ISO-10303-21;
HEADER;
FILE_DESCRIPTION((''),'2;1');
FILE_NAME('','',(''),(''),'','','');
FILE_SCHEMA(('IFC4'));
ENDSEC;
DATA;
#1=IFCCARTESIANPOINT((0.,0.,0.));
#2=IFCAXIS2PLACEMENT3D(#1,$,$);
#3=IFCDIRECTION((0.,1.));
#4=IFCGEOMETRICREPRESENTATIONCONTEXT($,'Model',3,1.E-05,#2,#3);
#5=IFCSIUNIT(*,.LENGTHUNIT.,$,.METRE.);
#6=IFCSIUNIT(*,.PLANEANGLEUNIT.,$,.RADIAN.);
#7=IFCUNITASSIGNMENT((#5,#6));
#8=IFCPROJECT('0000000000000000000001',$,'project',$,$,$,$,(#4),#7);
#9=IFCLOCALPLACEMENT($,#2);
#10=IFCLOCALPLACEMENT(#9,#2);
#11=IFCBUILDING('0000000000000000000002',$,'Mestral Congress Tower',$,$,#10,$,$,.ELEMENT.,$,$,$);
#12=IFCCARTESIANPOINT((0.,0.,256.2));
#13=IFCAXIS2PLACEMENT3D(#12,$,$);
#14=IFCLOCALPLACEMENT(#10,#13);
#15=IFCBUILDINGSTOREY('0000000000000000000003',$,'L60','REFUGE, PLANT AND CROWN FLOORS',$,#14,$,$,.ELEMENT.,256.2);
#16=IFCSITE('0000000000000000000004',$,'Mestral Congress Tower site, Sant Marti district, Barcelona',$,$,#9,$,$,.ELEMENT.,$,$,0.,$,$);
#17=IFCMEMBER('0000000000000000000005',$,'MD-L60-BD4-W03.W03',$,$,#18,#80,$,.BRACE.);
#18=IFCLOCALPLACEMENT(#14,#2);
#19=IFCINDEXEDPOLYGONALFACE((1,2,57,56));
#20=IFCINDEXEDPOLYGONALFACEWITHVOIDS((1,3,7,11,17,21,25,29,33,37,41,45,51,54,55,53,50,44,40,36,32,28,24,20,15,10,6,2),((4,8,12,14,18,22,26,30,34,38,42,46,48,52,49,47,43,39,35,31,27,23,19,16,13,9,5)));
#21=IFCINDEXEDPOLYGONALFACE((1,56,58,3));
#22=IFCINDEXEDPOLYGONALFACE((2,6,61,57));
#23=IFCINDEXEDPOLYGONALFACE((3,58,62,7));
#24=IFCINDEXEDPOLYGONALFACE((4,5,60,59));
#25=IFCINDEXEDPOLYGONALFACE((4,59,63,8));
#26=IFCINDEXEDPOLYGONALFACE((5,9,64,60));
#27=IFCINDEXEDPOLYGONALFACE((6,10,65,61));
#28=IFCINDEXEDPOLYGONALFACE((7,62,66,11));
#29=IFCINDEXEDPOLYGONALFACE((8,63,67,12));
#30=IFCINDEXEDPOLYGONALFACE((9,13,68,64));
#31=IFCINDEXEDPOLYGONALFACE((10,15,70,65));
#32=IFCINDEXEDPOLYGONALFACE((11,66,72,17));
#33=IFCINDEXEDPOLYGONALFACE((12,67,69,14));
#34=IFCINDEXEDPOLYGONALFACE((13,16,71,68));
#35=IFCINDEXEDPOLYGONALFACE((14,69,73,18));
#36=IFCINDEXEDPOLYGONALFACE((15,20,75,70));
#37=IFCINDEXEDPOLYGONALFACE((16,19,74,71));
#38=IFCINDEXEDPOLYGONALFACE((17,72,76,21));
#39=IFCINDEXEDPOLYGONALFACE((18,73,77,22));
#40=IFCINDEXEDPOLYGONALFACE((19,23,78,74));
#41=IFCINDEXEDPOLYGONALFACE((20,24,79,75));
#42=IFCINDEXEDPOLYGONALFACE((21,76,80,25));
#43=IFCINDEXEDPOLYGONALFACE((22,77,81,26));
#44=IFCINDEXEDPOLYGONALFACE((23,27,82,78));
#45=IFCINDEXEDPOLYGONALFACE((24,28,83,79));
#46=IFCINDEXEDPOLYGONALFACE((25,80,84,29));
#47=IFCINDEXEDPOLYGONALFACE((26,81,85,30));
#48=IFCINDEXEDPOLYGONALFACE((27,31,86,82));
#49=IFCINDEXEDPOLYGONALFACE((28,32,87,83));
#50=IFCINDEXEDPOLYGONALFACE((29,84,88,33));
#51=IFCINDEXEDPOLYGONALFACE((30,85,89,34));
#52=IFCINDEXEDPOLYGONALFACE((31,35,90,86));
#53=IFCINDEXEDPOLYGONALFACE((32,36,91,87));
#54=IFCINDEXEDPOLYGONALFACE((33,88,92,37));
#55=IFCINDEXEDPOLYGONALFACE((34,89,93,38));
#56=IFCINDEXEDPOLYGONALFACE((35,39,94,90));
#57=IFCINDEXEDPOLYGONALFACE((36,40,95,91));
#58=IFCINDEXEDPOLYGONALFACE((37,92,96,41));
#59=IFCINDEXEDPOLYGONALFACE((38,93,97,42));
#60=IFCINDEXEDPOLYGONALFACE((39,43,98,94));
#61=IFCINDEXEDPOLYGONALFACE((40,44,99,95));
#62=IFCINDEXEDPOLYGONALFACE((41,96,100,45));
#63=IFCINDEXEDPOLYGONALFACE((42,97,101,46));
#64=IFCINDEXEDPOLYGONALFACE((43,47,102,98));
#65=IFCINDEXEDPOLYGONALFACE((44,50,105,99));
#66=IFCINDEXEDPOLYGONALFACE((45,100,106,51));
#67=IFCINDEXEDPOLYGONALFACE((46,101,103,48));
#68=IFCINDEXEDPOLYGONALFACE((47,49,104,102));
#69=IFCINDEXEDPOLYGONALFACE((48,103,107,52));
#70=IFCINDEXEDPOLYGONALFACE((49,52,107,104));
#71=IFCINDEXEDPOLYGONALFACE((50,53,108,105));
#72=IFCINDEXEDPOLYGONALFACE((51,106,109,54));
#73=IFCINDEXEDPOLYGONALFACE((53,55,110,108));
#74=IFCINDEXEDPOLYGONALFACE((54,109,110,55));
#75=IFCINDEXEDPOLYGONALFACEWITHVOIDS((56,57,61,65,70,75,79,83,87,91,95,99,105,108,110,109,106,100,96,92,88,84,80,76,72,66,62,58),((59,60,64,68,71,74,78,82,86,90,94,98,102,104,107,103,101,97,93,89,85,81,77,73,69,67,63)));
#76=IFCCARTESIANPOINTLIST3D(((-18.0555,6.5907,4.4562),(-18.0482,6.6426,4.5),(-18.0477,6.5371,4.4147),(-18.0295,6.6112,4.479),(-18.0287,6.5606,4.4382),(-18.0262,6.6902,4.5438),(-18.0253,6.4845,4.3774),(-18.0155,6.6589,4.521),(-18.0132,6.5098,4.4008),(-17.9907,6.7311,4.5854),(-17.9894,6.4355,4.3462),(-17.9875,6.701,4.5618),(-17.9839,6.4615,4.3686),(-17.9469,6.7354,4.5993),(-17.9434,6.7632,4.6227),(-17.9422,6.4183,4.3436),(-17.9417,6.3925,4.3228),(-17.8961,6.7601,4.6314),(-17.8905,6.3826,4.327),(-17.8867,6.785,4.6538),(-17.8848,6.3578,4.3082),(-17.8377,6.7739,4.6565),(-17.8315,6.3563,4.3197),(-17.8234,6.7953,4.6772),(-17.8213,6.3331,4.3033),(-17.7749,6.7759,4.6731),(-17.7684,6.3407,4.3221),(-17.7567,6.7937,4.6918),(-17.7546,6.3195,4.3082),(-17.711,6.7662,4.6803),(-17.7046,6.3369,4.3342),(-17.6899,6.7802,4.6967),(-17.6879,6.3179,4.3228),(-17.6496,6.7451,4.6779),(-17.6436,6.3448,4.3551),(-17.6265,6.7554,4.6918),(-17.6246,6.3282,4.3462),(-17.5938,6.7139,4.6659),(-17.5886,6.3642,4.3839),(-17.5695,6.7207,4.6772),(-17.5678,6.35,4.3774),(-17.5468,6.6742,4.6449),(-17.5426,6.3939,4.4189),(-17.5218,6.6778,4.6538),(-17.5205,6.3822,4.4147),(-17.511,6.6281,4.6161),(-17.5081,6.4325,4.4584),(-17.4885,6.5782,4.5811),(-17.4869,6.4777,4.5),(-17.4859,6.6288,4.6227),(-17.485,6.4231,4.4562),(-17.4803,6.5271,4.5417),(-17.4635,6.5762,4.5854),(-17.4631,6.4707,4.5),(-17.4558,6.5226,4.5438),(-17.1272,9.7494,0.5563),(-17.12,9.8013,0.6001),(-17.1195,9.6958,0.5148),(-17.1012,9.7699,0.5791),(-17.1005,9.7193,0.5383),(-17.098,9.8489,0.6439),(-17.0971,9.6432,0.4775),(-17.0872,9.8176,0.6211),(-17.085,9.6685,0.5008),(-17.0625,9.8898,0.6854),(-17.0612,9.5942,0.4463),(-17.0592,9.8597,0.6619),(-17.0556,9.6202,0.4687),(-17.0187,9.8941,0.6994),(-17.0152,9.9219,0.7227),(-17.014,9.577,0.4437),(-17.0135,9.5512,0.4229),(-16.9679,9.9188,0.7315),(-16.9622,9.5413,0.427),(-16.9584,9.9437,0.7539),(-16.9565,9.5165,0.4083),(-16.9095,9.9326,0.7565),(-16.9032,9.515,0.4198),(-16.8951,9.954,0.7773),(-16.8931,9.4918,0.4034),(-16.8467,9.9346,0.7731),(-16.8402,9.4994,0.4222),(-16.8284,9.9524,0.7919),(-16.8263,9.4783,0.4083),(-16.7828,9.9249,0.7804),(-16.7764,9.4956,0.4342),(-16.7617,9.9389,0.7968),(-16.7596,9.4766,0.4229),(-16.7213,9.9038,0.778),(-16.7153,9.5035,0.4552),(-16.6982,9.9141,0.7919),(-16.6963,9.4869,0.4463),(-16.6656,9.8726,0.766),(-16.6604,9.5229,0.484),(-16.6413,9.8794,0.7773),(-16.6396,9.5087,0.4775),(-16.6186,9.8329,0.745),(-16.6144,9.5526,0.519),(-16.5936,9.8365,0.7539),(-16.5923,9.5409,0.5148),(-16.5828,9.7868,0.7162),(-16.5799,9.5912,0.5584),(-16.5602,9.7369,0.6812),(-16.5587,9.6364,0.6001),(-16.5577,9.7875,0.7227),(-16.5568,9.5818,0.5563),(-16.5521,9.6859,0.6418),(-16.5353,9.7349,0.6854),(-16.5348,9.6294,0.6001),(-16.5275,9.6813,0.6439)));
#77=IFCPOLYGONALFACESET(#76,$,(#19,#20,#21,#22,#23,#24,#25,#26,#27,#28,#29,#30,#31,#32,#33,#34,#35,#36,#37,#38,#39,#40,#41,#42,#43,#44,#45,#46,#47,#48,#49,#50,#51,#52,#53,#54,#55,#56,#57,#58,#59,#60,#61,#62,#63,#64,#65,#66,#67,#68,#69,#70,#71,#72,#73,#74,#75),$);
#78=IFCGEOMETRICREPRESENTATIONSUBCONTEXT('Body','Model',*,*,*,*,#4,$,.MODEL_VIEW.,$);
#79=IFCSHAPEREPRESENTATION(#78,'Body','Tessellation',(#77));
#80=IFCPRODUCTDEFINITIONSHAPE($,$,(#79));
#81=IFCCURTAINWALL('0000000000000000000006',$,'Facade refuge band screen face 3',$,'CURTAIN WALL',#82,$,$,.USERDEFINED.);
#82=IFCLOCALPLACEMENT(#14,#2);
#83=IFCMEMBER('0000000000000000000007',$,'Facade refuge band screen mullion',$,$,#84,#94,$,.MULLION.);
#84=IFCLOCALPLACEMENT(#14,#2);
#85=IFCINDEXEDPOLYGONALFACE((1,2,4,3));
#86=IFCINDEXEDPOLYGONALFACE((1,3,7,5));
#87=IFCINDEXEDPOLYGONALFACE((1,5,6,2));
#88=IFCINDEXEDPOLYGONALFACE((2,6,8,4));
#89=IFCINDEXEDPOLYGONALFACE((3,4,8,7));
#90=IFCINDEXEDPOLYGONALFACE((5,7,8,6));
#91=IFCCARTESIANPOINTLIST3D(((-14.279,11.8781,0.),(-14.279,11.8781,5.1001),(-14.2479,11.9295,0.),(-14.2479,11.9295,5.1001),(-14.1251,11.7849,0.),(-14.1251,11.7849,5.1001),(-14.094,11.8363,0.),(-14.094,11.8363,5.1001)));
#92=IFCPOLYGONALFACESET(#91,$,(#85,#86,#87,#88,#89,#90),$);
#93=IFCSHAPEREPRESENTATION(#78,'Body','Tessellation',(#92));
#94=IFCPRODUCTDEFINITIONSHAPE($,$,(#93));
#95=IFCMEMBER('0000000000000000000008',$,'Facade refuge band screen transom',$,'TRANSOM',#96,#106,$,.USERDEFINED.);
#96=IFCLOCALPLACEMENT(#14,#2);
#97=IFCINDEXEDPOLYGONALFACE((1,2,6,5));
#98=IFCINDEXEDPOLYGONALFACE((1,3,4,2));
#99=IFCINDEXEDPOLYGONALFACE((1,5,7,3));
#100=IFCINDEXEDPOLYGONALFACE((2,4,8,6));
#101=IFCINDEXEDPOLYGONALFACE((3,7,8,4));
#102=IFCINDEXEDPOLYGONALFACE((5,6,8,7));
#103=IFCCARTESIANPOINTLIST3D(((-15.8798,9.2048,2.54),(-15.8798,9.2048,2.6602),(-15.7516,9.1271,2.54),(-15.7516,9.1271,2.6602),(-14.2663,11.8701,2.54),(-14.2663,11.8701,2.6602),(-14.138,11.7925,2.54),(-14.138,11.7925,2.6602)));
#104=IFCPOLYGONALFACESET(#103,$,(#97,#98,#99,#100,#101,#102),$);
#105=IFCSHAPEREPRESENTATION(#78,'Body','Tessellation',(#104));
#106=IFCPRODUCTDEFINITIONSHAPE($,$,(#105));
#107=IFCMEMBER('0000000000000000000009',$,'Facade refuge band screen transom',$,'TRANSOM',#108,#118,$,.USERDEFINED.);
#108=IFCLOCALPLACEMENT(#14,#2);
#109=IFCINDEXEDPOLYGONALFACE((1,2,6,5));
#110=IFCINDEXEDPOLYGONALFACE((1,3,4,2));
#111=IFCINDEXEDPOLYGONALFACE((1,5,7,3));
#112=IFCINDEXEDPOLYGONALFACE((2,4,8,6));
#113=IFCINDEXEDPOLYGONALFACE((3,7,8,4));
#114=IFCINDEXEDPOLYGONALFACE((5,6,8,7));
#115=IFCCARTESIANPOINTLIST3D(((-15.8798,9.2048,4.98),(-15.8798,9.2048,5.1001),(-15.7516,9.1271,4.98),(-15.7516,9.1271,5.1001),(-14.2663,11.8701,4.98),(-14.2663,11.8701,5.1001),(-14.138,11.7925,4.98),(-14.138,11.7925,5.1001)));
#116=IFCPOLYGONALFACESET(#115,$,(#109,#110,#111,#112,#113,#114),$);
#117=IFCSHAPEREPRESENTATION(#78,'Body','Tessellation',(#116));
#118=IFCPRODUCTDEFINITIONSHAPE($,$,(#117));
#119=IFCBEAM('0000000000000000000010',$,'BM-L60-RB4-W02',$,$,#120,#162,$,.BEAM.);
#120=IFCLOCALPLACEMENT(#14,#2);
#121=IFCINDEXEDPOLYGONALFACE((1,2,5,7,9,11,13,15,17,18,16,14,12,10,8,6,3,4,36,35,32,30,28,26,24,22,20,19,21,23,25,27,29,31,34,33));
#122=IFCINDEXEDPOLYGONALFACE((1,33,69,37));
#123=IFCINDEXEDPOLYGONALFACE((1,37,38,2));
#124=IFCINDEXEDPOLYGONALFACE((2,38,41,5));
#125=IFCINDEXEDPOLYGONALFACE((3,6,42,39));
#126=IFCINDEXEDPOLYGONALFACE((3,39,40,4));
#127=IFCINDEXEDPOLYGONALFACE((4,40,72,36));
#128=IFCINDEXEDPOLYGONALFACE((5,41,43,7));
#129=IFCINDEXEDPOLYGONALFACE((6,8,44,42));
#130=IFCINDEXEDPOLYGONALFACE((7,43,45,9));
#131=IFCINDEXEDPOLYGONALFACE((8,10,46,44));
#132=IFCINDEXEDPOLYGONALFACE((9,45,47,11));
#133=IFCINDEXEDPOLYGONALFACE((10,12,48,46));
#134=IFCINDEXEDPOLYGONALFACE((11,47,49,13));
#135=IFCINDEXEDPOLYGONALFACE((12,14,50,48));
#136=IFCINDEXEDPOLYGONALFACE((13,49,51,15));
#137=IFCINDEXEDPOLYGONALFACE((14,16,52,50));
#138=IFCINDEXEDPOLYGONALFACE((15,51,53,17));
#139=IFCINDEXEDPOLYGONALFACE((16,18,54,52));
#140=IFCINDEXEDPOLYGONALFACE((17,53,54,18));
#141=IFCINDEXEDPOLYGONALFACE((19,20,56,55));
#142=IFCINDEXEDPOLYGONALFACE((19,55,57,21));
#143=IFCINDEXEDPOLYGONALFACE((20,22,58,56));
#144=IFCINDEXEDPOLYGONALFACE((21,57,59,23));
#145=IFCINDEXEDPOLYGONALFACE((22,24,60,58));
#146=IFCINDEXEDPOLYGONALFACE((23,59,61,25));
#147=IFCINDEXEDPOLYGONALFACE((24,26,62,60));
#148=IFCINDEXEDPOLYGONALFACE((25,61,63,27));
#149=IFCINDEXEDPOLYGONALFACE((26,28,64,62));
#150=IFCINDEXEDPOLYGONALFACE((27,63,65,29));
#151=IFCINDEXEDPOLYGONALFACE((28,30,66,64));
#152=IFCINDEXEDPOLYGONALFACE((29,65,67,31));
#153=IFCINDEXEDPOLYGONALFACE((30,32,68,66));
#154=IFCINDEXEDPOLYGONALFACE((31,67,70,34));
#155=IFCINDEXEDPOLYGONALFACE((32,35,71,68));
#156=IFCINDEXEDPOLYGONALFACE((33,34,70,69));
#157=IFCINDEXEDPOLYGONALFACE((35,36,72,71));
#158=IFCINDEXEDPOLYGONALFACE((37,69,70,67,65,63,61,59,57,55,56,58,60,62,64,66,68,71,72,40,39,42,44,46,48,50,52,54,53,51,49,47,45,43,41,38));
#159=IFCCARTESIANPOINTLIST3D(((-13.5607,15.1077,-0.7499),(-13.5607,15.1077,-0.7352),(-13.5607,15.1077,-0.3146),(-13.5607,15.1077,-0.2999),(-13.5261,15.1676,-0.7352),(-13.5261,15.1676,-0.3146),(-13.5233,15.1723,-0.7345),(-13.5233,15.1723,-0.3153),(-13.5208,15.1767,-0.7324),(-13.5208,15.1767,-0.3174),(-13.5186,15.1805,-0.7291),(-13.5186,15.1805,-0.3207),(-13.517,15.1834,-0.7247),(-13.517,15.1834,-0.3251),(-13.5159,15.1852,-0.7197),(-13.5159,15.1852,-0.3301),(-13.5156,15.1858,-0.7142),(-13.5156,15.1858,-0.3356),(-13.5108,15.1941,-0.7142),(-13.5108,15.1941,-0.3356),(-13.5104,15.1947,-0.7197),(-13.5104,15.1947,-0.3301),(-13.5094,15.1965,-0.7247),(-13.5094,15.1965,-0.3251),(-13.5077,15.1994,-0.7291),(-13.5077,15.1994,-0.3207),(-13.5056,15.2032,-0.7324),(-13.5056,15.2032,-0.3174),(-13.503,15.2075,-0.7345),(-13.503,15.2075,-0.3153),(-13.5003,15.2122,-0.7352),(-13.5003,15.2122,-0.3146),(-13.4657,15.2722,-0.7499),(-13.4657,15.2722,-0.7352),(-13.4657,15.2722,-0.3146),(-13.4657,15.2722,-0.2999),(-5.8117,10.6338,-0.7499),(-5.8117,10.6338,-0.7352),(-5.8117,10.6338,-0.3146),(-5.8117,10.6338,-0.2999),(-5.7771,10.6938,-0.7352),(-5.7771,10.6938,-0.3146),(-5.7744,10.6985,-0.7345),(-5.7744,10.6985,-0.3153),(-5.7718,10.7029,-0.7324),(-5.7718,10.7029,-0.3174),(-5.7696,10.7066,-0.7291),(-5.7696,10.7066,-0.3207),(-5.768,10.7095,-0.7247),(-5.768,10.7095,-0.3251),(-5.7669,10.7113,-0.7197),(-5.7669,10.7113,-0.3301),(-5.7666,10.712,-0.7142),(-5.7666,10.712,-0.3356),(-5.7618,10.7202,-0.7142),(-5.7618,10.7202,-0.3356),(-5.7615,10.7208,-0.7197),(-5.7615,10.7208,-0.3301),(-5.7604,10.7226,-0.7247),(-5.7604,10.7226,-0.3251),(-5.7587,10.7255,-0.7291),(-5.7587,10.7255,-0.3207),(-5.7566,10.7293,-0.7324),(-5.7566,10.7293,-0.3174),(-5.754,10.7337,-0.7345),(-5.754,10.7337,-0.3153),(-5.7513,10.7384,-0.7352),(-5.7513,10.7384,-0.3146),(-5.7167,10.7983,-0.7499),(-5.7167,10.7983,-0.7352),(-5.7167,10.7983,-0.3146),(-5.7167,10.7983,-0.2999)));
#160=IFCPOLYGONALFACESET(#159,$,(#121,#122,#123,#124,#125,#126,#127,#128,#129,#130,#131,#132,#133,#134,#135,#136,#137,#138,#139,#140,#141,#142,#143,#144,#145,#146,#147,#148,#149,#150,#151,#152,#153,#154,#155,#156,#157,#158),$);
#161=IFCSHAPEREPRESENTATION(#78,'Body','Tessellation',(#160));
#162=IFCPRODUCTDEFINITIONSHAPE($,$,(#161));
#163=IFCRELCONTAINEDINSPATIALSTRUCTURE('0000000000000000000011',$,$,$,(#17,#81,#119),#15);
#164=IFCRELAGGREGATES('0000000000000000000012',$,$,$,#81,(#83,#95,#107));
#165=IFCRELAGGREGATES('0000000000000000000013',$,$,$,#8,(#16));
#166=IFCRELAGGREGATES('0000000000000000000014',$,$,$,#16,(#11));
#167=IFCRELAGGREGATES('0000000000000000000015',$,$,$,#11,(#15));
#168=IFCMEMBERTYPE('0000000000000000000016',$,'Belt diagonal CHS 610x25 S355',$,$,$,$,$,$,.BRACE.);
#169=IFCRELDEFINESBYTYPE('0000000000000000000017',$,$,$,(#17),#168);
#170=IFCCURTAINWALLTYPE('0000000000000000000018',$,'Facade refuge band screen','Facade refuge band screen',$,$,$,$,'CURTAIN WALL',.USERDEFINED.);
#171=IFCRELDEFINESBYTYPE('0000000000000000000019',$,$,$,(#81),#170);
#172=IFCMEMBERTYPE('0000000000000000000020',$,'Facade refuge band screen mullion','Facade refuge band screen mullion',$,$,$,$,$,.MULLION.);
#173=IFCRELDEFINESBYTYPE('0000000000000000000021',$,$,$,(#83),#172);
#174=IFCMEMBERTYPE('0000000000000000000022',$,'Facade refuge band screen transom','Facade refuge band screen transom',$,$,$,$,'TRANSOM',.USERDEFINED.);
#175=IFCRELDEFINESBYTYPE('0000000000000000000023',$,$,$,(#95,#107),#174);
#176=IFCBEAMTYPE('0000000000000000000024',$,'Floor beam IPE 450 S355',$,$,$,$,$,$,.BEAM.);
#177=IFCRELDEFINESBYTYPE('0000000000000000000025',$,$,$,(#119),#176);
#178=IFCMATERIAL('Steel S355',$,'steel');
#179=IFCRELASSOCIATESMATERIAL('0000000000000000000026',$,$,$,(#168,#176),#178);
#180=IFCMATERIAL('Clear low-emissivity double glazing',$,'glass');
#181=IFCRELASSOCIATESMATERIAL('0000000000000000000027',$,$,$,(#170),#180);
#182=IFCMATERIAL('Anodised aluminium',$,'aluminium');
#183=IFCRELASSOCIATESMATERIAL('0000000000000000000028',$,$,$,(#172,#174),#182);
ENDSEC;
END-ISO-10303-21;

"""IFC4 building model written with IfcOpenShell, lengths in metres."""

from ifc_helpers import new_model, si_unit, direction, frame, origin, origin_2d, place, context, subcontext, project, spatial, rectangle, hollow_circle, i_section, extrude, material, material_profile, profile_set, type_object, element, aggregate, save


model = new_model("IFC4")

# Units and contexts
model_context = context("Model", 3, precision=1e-05, world=origin(), true_north=direction((0.0, 1.0)))
body_context = subcontext(model_context, "Body", "Model", "MODEL_VIEW")
ifc_project = project(units=[si_unit("LENGTHUNIT", "METRE"), si_unit("PLANEANGLEUNIT", "RADIAN")], contexts=[model_context])

# Site, building, storey
site_placement = place(None, origin())
site = spatial("IfcSite", under=ifc_project, at=site_placement, Name="Mestral Congress Tower site, Sant Marti district, Barcelona", CompositionType="ELEMENT", RefElevation=0.0)
building_placement = place(site_placement, origin())
building = spatial("IfcBuilding", under=site, at=building_placement, Name="Mestral Congress Tower", CompositionType="ELEMENT")
storey_placement = place(building_placement, frame((0.0, 0.0, 256.2)))
storey = spatial("IfcBuildingStorey", under=building, at=storey_placement, Name="L60", Description="REFUGE, PLANT AND CROWN FLOORS", CompositionType="ELEMENT", Elevation=256.2)

# Member
ifc_material_1 = material(Name="Steel S355", Category="steel")
ifc_material_profile_1 = material_profile(ifc_material_1, hollow_circle(Radius=0.3049, WallThickness=0.0249, at=origin_2d()), Name="CHS 610x25")
ifc_profile_set_1 = profile_set([ifc_material_profile_1], Name="Steel S355")
member_type_1 = type_object("IfcMemberType", Name="Belt diagonal CHS 610x25 S355", PredefinedType="BRACE", material=ifc_profile_set_1)
member_1_placement = place(storey_placement, frame((-16.8274, 9.7153, 0.6001), z_axis=(-0.181871, -0.618897, 0.764126), x_axis=(0.959432, -0.281941, 0.0)))
element("IfcMember", 1, at=member_1_placement, inside=storey, type_object=member_type_1, Name="MD-L60-BD4-W03.W03", PredefinedType="BRACE", context=body_context, shape_type="SweptSolid", body=[
    extrude(hollow_circle(Radius=0.3049, WallThickness=0.0249, at=origin_2d()), origin(), (0.0, 0.0, 1.0), 5.1038),
])

# Curtain wall, members
ifc_material_2 = material(Name="Clear low-emissivity double glazing", Category="glass")
curtain_wall_type = type_object("IfcCurtainWallType", Name="Facade refuge band screen", Description="Facade refuge band screen", ElementType="CURTAIN WALL", PredefinedType="USERDEFINED", material=ifc_material_2)
curtain_wall_placement = place(storey_placement, origin())
curtain_wall = element("IfcCurtainWall", 2, at=curtain_wall_placement, inside=storey, type_object=curtain_wall_type, Name="Facade refuge band screen face 3", ObjectType="CURTAIN WALL", PredefinedType="USERDEFINED")
ifc_material_3 = material(Name="Anodised aluminium", Category="aluminium")
ifc_material_profile_2 = material_profile(ifc_material_3, rectangle(XDim=0.1799, YDim=0.0601, at=origin_2d()), Name="CW3 mullion 180 x 60")
ifc_profile_set_2 = profile_set([ifc_material_profile_2], Name="Anodised aluminium")
member_type_2 = type_object("IfcMemberType", Name="Facade refuge band screen mullion", Description="Facade refuge band screen mullion", PredefinedType="MULLION", material=ifc_profile_set_2)
member_2_placement = place(storey_placement, frame((-14.1865, 11.8572, 0.0), z_axis=(0.0, 0.0, 1.0), x_axis=(-0.855464, 0.517863, 0.0)))
member_2 = element("IfcMember", 3, at=member_2_placement, type_object=member_type_2, Name="Facade refuge band screen mullion", PredefinedType="MULLION", context=body_context, shape_type="SweptSolid", body=[
    extrude(rectangle(XDim=0.1799, YDim=0.0601, at=origin_2d()), origin(), (0.0, 0.0, 1.0), 5.1001),
])
ifc_material_profile_3 = material_profile(ifc_material_3, rectangle(XDim=0.1499, YDim=0.1201, at=origin_2d()), Name="CW3 transom 150 x 120")
ifc_profile_set_3 = profile_set([ifc_material_profile_3], Name="Anodised aluminium")
member_type_3 = type_object("IfcMemberType", Name="Facade refuge band screen transom", Description="Facade refuge band screen transom", ElementType="TRANSOM", PredefinedType="USERDEFINED", material=ifc_profile_set_3)
member_3_placement = place(storey_placement, frame((-14.2021, 11.8313, 2.6001), z_axis=(-0.51788, -0.855453, 0.0), x_axis=(0.855453, -0.51788, 0.0)))
member_3 = element("IfcMember", 4, at=member_3_placement, type_object=member_type_3, Name="Facade refuge band screen transom", ObjectType="TRANSOM", PredefinedType="USERDEFINED", context=body_context, shape_type="SweptSolid", body=[
    extrude(rectangle(XDim=0.1499, YDim=0.1201, at=origin_2d()), origin(), (0.0, 0.0, 1.0), 3.1157),
])
member_4_placement = place(storey_placement, frame((-14.2021, 11.8313, 5.04), z_axis=(-0.51788, -0.855453, 0.0), x_axis=(0.855453, -0.51788, 0.0)))
member_4 = element("IfcMember", 5, at=member_4_placement, type_object=member_type_3, Name="Facade refuge band screen transom", ObjectType="TRANSOM", PredefinedType="USERDEFINED", context=body_context, shape_type="SweptSolid", body=[
    extrude(rectangle(XDim=0.1499, YDim=0.1201, at=origin_2d()), origin(), (0.0, 0.0, 1.0), 3.1157),
])

# Beam
ifc_material_profile_4 = material_profile(ifc_material_1, i_section(OverallWidth=0.1899, OverallDepth=0.45, WebThickness=0.0095, FlangeThickness=0.0146, FilletRadius=0.021, at=origin_2d()), Name="IPE 450")
ifc_profile_set_4 = profile_set([ifc_material_profile_4], Name="Steel S355")
beam_type_1 = type_object("IfcBeamType", Name="Floor beam IPE 450 S355", PredefinedType="BEAM", material=ifc_profile_set_4)
beam_1_placement = place(storey_placement, frame((-13.5132, 15.1899, -0.5249), z_axis=(0.866027, -0.499998, 0.0), x_axis=(0.499998, 0.866027, 0.0)))
element("IfcBeam", 6, at=beam_1_placement, inside=storey, type_object=beam_type_1, Name="BM-L60-RB4-W02", PredefinedType="BEAM", context=body_context, shape_type="SweptSolid", body=[
    extrude(i_section(OverallWidth=0.1899, OverallDepth=0.45, WebThickness=0.0095, FlangeThickness=0.0146, FilletRadius=0.021, at=origin_2d()), origin(), (0.0, 0.0, 1.0), 8.9478),
])

aggregate(curtain_wall, [member_2, member_3, member_4])

save(model, "model.ifc")
